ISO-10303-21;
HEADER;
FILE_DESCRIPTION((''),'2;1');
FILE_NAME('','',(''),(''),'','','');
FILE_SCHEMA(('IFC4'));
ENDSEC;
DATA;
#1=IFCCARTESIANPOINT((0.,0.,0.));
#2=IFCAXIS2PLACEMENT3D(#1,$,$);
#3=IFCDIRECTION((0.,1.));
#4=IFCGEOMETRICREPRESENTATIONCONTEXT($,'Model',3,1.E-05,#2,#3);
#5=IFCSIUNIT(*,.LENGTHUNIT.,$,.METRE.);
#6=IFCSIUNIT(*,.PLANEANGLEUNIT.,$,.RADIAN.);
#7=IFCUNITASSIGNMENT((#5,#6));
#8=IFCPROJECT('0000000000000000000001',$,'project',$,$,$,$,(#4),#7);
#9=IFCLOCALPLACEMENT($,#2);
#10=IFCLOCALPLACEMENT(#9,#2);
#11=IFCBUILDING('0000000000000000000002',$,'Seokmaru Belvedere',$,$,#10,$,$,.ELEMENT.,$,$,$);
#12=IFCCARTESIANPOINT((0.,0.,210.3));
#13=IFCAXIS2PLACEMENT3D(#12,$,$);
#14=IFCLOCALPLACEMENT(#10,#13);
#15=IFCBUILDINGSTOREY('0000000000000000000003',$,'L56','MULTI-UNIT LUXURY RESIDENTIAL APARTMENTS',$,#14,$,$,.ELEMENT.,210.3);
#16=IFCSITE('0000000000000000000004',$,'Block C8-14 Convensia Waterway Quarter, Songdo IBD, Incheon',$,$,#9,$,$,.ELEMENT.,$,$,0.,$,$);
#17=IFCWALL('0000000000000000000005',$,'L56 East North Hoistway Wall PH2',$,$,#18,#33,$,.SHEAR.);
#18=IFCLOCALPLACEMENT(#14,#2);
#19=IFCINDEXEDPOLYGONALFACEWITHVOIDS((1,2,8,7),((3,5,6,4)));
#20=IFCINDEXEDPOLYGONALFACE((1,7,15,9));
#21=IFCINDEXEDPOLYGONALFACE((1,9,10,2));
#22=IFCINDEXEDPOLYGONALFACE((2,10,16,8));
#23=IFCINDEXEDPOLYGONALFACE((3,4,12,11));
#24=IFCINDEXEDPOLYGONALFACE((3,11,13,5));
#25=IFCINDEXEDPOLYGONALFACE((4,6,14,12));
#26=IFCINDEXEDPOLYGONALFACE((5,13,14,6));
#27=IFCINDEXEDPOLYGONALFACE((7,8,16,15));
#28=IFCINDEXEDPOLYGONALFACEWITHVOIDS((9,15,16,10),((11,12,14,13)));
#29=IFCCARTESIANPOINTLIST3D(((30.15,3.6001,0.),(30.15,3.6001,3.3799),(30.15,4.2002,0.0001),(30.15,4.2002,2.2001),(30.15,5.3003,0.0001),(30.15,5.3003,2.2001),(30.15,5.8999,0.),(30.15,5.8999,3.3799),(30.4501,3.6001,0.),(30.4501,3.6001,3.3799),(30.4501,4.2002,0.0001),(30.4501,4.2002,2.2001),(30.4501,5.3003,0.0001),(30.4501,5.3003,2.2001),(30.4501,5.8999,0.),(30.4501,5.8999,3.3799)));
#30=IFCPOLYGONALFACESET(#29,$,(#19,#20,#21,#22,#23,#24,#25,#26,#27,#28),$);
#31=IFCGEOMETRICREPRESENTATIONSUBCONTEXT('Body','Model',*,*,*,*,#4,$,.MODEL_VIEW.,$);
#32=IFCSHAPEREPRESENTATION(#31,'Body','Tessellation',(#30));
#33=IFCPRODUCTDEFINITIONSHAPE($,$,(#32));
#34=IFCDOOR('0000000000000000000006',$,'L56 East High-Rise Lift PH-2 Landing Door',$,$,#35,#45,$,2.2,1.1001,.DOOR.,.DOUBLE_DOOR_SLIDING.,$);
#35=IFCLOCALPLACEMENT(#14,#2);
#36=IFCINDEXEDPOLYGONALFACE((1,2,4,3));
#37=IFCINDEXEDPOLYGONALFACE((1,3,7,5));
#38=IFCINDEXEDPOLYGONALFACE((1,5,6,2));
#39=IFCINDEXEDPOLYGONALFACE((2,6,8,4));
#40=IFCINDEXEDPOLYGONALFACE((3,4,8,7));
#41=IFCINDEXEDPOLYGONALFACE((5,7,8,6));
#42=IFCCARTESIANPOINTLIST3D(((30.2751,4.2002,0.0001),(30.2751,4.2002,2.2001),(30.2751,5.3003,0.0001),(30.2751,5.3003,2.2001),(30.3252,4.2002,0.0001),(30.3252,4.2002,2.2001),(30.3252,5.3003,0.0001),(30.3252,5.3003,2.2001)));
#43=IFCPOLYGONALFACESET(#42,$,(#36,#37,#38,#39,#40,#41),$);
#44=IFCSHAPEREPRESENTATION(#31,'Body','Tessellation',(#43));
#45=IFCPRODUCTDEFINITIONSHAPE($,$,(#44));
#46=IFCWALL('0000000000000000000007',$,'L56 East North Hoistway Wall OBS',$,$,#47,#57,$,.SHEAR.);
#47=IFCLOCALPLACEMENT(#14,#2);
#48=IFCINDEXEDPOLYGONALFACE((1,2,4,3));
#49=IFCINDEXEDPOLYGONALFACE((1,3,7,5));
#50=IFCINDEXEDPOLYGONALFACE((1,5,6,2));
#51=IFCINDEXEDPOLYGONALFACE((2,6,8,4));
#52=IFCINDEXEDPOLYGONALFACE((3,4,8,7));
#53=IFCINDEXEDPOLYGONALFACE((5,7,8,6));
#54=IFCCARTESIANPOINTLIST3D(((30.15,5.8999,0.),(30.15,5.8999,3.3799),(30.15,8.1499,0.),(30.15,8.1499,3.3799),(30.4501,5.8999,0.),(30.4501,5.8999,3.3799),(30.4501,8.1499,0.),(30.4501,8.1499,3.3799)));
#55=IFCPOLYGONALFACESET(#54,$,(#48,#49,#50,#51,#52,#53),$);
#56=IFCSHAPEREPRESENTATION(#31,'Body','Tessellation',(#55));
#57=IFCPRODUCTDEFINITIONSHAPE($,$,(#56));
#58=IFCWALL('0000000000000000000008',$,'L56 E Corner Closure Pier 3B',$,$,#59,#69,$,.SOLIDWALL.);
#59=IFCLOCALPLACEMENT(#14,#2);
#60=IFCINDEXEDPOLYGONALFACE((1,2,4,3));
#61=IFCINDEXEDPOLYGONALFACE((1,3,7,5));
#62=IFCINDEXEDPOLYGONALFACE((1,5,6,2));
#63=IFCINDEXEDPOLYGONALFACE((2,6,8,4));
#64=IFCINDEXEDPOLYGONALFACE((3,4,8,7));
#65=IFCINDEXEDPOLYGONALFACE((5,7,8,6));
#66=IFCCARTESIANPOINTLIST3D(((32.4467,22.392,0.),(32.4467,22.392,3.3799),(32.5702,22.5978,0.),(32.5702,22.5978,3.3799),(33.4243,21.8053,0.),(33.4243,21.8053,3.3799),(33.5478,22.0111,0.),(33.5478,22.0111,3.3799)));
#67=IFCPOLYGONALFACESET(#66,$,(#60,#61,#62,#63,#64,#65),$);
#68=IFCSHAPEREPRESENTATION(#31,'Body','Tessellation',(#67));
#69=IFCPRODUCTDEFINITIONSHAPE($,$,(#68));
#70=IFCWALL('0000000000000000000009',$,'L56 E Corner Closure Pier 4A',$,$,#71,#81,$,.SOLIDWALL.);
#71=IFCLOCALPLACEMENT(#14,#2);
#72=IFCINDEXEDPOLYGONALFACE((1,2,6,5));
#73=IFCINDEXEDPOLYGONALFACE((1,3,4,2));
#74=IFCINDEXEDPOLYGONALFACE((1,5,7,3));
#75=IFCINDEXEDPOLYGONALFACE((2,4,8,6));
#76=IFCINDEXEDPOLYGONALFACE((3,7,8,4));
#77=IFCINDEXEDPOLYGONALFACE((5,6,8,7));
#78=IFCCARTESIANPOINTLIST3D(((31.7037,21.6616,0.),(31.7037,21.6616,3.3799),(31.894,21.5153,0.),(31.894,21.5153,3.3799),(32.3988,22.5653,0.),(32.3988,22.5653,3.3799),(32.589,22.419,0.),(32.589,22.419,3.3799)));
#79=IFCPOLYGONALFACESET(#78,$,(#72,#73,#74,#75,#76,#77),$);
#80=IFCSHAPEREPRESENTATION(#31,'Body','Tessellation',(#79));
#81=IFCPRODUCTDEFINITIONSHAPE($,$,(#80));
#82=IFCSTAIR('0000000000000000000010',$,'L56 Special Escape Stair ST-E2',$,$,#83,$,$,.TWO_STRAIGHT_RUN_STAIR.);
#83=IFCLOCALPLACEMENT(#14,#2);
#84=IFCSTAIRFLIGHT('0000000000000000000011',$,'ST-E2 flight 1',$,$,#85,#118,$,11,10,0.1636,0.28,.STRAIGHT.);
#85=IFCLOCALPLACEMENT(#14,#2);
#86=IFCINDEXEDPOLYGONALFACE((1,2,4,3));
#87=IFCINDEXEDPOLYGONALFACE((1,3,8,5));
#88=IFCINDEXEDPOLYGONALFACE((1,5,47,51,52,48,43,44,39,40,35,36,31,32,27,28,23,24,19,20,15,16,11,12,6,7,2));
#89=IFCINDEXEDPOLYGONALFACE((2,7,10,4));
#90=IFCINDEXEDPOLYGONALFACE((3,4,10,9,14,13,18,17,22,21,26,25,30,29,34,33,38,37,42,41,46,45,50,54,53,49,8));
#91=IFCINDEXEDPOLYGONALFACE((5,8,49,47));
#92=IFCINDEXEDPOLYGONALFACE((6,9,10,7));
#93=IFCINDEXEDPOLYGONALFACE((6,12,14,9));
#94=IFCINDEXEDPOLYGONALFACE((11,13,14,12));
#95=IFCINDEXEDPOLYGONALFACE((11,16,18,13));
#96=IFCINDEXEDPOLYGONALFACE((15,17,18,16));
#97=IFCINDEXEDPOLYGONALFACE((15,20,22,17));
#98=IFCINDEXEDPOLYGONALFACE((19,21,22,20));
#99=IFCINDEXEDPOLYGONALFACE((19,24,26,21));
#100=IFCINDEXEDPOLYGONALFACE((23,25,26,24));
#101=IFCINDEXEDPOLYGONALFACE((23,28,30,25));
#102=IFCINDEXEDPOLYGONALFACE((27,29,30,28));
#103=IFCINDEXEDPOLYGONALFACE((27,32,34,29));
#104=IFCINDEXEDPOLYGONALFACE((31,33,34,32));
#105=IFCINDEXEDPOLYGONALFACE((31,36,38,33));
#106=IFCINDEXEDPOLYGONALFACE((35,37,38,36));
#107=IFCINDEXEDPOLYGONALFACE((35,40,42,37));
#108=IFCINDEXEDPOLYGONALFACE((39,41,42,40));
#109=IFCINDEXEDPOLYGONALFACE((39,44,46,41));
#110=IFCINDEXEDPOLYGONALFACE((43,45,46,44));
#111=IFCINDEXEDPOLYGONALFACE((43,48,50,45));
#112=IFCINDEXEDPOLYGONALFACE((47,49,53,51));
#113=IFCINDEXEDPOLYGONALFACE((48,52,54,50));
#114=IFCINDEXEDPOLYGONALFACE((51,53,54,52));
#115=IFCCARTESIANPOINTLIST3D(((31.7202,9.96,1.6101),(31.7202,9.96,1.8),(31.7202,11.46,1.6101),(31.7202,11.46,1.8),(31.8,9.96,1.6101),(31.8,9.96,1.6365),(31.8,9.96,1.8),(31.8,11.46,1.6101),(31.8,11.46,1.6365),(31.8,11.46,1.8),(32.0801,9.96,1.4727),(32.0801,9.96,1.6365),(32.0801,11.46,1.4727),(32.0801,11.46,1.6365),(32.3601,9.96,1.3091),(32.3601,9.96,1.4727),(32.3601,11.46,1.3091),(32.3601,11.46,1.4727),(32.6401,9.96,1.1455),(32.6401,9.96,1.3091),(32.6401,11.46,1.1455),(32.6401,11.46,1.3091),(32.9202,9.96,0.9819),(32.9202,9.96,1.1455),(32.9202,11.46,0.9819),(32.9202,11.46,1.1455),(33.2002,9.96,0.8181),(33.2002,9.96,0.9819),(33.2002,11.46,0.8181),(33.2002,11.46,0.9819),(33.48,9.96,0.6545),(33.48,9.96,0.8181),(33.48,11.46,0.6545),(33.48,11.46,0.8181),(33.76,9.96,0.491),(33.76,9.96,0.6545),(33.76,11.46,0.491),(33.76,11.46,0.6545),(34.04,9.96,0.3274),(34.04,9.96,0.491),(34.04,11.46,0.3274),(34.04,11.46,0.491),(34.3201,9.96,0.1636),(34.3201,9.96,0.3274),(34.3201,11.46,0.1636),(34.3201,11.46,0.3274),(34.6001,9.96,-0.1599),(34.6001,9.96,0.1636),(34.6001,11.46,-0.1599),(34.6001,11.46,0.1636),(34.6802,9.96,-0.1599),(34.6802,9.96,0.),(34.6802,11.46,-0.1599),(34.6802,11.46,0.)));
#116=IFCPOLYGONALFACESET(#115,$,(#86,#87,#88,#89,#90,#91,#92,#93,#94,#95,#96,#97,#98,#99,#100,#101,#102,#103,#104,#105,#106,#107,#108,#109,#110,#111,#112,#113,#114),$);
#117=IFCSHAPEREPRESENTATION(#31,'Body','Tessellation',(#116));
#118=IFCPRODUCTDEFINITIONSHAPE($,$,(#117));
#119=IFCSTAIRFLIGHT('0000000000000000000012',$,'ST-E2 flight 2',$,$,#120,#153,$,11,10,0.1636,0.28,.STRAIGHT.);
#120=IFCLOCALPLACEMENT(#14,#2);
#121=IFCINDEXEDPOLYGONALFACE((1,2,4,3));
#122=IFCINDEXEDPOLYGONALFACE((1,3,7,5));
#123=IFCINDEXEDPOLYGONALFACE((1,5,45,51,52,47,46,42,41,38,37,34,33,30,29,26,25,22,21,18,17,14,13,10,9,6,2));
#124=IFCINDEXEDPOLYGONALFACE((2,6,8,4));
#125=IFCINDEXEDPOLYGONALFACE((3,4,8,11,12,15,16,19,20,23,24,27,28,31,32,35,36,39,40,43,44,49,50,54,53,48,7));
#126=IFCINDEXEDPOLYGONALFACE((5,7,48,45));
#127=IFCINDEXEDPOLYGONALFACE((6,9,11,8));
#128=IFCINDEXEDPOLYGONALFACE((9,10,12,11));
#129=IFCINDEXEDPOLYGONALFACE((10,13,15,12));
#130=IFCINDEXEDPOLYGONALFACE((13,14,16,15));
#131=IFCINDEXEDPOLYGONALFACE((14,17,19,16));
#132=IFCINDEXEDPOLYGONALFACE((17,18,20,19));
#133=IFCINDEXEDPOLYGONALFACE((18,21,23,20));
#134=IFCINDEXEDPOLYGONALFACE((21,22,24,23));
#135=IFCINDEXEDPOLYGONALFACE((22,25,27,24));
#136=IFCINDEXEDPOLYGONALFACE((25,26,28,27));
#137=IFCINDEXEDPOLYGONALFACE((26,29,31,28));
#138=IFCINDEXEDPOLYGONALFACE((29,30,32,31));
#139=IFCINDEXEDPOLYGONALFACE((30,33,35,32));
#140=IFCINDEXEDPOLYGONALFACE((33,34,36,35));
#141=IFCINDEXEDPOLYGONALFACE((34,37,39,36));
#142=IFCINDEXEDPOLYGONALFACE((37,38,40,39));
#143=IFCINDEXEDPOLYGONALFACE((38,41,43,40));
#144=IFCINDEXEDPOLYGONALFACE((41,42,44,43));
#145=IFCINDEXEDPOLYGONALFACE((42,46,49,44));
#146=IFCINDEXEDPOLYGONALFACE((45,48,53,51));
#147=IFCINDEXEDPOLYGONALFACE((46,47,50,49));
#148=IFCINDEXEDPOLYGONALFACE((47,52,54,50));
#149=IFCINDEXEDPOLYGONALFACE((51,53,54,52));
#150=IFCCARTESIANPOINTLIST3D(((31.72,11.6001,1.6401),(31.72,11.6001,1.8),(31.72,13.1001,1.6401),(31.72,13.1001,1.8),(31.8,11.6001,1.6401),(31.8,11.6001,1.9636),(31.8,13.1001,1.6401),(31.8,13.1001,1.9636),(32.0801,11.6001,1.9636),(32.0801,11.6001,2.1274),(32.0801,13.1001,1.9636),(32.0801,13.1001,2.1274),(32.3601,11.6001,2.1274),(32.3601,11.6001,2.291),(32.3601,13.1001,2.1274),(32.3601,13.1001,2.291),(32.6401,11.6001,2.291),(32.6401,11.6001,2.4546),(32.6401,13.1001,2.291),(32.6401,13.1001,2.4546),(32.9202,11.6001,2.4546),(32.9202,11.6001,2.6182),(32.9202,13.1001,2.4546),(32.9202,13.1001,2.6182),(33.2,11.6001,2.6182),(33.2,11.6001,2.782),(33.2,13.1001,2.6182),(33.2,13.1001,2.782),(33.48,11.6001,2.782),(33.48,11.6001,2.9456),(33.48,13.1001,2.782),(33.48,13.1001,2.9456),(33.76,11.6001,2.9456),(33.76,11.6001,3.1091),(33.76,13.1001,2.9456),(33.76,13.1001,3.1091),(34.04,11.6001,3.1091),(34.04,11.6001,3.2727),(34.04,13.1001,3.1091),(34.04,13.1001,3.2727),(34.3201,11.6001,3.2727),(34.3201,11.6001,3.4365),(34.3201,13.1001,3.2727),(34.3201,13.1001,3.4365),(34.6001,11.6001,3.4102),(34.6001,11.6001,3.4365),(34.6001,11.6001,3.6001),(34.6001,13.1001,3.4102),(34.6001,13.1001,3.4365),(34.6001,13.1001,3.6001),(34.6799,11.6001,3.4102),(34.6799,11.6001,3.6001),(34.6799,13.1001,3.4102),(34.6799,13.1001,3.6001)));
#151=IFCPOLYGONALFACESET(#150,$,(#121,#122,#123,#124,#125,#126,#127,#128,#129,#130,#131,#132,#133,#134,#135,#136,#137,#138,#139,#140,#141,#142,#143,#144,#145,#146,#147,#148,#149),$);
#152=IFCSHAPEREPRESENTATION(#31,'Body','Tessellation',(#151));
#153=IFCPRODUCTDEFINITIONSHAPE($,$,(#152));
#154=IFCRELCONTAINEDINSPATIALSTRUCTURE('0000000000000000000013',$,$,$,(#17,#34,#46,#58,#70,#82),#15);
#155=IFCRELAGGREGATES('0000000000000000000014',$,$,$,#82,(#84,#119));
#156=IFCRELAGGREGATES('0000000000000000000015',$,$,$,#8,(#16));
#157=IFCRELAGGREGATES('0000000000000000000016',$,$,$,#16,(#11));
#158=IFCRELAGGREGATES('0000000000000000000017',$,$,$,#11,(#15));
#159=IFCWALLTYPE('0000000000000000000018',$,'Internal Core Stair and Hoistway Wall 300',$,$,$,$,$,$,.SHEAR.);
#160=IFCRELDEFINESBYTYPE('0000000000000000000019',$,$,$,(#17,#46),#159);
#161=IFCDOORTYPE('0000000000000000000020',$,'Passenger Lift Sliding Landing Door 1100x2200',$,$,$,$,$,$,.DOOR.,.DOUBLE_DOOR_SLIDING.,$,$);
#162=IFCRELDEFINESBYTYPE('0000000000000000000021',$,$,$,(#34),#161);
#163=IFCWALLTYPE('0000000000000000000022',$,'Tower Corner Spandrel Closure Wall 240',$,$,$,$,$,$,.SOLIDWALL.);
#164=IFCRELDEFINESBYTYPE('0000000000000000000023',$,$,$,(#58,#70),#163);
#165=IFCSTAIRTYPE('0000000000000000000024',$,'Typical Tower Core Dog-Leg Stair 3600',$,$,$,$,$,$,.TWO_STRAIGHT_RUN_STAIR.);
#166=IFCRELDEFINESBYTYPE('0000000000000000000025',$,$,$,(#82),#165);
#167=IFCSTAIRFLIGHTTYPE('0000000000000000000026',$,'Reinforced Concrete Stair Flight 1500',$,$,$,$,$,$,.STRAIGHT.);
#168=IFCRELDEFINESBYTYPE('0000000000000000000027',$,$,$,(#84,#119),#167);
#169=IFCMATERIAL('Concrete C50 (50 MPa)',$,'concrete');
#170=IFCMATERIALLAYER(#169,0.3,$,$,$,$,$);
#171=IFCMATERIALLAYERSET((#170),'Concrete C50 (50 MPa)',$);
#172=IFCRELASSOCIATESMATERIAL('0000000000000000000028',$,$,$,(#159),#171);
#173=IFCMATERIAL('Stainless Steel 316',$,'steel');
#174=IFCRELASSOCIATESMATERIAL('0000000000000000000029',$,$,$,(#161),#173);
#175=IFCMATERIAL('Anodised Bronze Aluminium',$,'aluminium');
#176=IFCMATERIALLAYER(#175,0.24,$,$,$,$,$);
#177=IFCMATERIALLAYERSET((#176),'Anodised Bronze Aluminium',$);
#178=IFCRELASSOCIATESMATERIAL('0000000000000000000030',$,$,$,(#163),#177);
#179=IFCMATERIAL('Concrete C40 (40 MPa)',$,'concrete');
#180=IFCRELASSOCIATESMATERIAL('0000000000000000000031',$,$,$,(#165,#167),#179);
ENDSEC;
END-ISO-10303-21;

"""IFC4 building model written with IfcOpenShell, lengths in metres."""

from ifc_helpers import new_model, si_unit, direction, frame, frame_2d, origin, place, context, subcontext, project, spatial, polyline, rectangle, outline, extrude, source, transform, mapped, material, layer, layer_set, type_object, type_shapes, element, fill, aggregate, save


model = new_model("IFC4")

# Units and contexts
model_context = context("Model", 3, precision=1e-05, world=origin(), true_north=direction((0.0, 1.0)))
body_context = subcontext(model_context, "Body", "Model", "MODEL_VIEW")
ifc_project = project(units=[si_unit("LENGTHUNIT", "METRE"), si_unit("PLANEANGLEUNIT", "RADIAN")], contexts=[model_context])

# Site, building, storey
site_placement = place(None, origin())
site = spatial("IfcSite", under=ifc_project, at=site_placement, Name="Block C8-14 Convensia Waterway Quarter, Songdo IBD, Incheon", CompositionType="ELEMENT", RefElevation=0.0)
building_placement = place(site_placement, origin())
building = spatial("IfcBuilding", under=site, at=building_placement, Name="Seokmaru Belvedere", CompositionType="ELEMENT")
storey_placement = place(building_placement, frame((0.0, 0.0, 210.3)))
storey = spatial("IfcBuildingStorey", under=building, at=storey_placement, Name="L56", Description="MULTI-UNIT LUXURY RESIDENTIAL APARTMENTS", CompositionType="ELEMENT", Elevation=210.3)

# Shared definitions
ifc_material_1 = material(Name="Anodised Bronze Aluminium", Category="aluminium")

# Wall, opening, door
ifc_material_2 = material(Name="Concrete C50 (50 MPa)", Category="concrete")
ifc_layer_1 = layer(ifc_material_2, 0.3)
ifc_layer_set_1 = layer_set([ifc_layer_1], Name="Concrete C50 (50 MPa)")
wall_type_1 = type_object("IfcWallType", Name="Internal Core Stair and Hoistway Wall 300", PredefinedType="SHEAR", material=ifc_layer_set_1)
wall_1_placement = place(storey_placement, frame((30.3, 3.6001, 0.0), z_axis=(0.0, 0.0, 1.0), x_axis=(0.0, 1.0, 0.0)))
wall_1 = element("IfcWall", 1, at=wall_1_placement, inside=storey, type_object=wall_type_1, Name="L56 East North Hoistway Wall PH2", PredefinedType="SHEAR", context=body_context, shape_type="SweptSolid", body=[
    extrude(rectangle(XDim=2.2998, YDim=0.3, at=frame_2d((1.1499, 0.0))), origin(), (0.0, 0.0, 1.0), 3.3799),
])
opening_1_placement = place(wall_1_placement, frame((0.6001, 0.0, 0.0)))
opening_1 = element("IfcOpeningElement", 2, at=opening_1_placement, cuts=wall_1, PredefinedType="OPENING", context=body_context, shape_type="SweptSolid", body=[
    extrude(rectangle(XDim=1.1001, YDim=2.2, at=frame_2d((0.55, 1.1001))), frame((0.0, 0.1602, 0.0), z_axis=(0.0, -1.0, 0.0), x_axis=(1.0, 0.0, 0.0)), (0.0, 0.0, 1.0), 0.3201),
])
ifc_material_3 = material(Name="Stainless Steel 316", Category="steel")
door_type_1 = type_object("IfcDoorType", Name="Passenger Lift Sliding Landing Door 1100x2200", OperationType="DOUBLE_DOOR_SLIDING", PredefinedType="DOOR", material=ifc_material_3)
shared_shape_1 = source(origin(), body_context, "Body", "SweptSolid", [
    extrude(rectangle(XDim=1.1001, YDim=2.2, at=frame_2d((0.55, 1.1001))), frame((0.0, 0.0249, 0.0), z_axis=(0.0, -1.0, 0.0), x_axis=(1.0, 0.0, 0.0)), (0.0, 0.0, 1.0), 0.05),
])
type_shapes(door_type_1, [shared_shape_1])
door_1_placement = place(opening_1_placement, origin())
door_1 = element("IfcDoor", 3, at=door_1_placement, inside=storey, type_object=door_type_1, Name="L56 East High-Rise Lift PH-2 Landing Door", OperationType="DOUBLE_DOOR_SLIDING", OverallHeight=2.2, OverallWidth=1.1001, PredefinedType="DOOR", context=body_context, shape_type="MappedRepresentation", body=[
    mapped(shared_shape_1, transform((0.0, 0.0, 0.0), scale=1.0)),
])
fill(opening_1, door_1)

# Wall
wall_2_placement = place(storey_placement, frame((30.3, 5.8999, 0.0), z_axis=(0.0, 0.0, 1.0), x_axis=(0.0, 1.0, 0.0)))
element("IfcWall", 4, at=wall_2_placement, inside=storey, type_object=wall_type_1, Name="L56 East North Hoistway Wall OBS", PredefinedType="SHEAR", context=body_context, shape_type="SweptSolid", body=[
    extrude(rectangle(XDim=2.25, YDim=0.3, at=frame_2d((1.125, 0.0))), origin(), (0.0, 0.0, 1.0), 3.3799),
])

# Walls
ifc_layer_2 = layer(ifc_material_1, 0.24)
ifc_layer_set_2 = layer_set([ifc_layer_2], Name="Anodised Bronze Aluminium")
wall_type_2 = type_object("IfcWallType", Name="Tower Corner Spandrel Closure Wall 240", PredefinedType="SOLIDWALL", material=ifc_layer_set_2)
for number, where, z_axis, x_axis, name in (
    (5, (33.4861, 21.9082, 0.0), (0.0, 0.0, 1.0), (-0.857436, 0.51459, 0.0), "L56 E Corner Closure Pier 3B"),
    (6, (32.4939, 22.4922, 0.0), (0.0, 0.0, 1.0), (-0.609618, -0.792696, 0.0), "L56 E Corner Closure Pier 4A"),
):
    element("IfcWall", number, at=place(storey_placement, frame(where, z_axis=z_axis, x_axis=x_axis)), inside=storey, type_object=wall_type_2, Name=name, PredefinedType="SOLIDWALL", context=body_context, shape_type="SweptSolid", body=[
        extrude(rectangle(XDim=1.1401, YDim=0.24, at=frame_2d((0.5701, 0.0))), origin(), (0.0, 0.0, 1.0), 3.3799),
    ])

# Stair, stair flights
ifc_material_4 = material(Name="Concrete C40 (40 MPa)", Category="concrete")
stair_type = type_object("IfcStairType", Name="Typical Tower Core Dog-Leg Stair 3600", PredefinedType="TWO_STRAIGHT_RUN_STAIR", material=ifc_material_4)
stair_placement = place(storey_placement, origin())
stair = element("IfcStair", 7, at=stair_placement, inside=storey, type_object=stair_type, Name="L56 Special Escape Stair ST-E2", PredefinedType="TWO_STRAIGHT_RUN_STAIR")
stair_flight_type = type_object("IfcStairFlightType", Name="Reinforced Concrete Stair Flight 1500", PredefinedType="STRAIGHT", material=ifc_material_4)
stair_flight_1_placement = place(storey_placement, frame((34.6001, 10.71, 0.0), z_axis=(0.0, 0.0, 1.0), x_axis=(-1.0, 0.0, 0.0)))
stair_flight_1 = element("IfcStairFlight", 8, at=stair_flight_1_placement, type_object=stair_flight_type, Name="ST-E2 flight 1", NumberOfRisers=11, NumberOfTreads=10, PredefinedType="STRAIGHT", RiserHeight=0.1636, TreadLength=0.28, context=body_context, shape_type="SweptSolid", body=[
    extrude(outline(polyline([(-0.0801, 0.0), (0.0, 0.1636), (0.28, 0.1636), (0.28, 0.3274), (0.5601, 0.3274), (0.5601, 0.491), (0.8401, 0.491), (0.8401, 0.6545), (1.1201, 0.6545), (1.1201, 0.8181), (1.3999, 0.8181), (1.3999, 0.9819), (1.6799, 0.9819), (1.6799, 1.1455), (1.96, 1.1455), (1.96, 1.3091), (2.24, 1.3091), (2.24, 1.4727), (2.52, 1.4727), (2.52, 1.6365), (2.8, 1.6365), (2.8, 1.8), (2.8799, 1.8), (2.8799, 1.6101), (2.8, 1.6101), (0.0, -0.1599), (-0.0801, -0.1599), (-0.0801, 0.0)])), frame((0.0, 0.75, 0.0), z_axis=(0.0, -1.0, 0.0), x_axis=(1.0, 0.0, 0.0)), (0.0, 0.0, 1.0), 1.5),
])
stair_flight_2_placement = place(storey_placement, frame((31.8, 12.3501, 1.8), z_axis=(0.0, 0.0, 1.0), x_axis=(1.0, 0.0, 0.0)))
stair_flight_2 = element("IfcStairFlight", 9, at=stair_flight_2_placement, type_object=stair_flight_type, Name="ST-E2 flight 2", NumberOfRisers=11, NumberOfTreads=10, PredefinedType="STRAIGHT", RiserHeight=0.1636, TreadLength=0.28, context=body_context, shape_type="SweptSolid", body=[
    extrude(outline(polyline([(-0.0801, 0.0), (0.0, 0.1636), (0.28, 0.1636), (0.28, 0.3274), (0.5601, 0.3274), (0.5601, 0.491), (0.8401, 0.491), (0.8401, 0.6545), (1.1201, 0.6545), (1.1201, 0.8181), (1.3999, 0.8181), (1.3999, 0.9819), (1.6799, 0.9819), (1.6799, 1.1455), (1.96, 1.1455), (1.96, 1.3091), (2.24, 1.3091), (2.24, 1.4727), (2.52, 1.4727), (2.52, 1.6365), (2.8, 1.6365), (2.8, 1.8), (2.8799, 1.8), (2.8799, 1.6101), (2.8, 1.6101), (0.0, -0.1599), (-0.0801, -0.1599), (-0.0801, 0.0)])), frame((0.0, 0.75, 0.0), z_axis=(0.0, -1.0, 0.0), x_axis=(1.0, 0.0, 0.0)), (0.0, 0.0, 1.0), 1.5),
])
aggregate(stair, [stair_flight_1, stair_flight_2])

save(model, "model.ifc")
